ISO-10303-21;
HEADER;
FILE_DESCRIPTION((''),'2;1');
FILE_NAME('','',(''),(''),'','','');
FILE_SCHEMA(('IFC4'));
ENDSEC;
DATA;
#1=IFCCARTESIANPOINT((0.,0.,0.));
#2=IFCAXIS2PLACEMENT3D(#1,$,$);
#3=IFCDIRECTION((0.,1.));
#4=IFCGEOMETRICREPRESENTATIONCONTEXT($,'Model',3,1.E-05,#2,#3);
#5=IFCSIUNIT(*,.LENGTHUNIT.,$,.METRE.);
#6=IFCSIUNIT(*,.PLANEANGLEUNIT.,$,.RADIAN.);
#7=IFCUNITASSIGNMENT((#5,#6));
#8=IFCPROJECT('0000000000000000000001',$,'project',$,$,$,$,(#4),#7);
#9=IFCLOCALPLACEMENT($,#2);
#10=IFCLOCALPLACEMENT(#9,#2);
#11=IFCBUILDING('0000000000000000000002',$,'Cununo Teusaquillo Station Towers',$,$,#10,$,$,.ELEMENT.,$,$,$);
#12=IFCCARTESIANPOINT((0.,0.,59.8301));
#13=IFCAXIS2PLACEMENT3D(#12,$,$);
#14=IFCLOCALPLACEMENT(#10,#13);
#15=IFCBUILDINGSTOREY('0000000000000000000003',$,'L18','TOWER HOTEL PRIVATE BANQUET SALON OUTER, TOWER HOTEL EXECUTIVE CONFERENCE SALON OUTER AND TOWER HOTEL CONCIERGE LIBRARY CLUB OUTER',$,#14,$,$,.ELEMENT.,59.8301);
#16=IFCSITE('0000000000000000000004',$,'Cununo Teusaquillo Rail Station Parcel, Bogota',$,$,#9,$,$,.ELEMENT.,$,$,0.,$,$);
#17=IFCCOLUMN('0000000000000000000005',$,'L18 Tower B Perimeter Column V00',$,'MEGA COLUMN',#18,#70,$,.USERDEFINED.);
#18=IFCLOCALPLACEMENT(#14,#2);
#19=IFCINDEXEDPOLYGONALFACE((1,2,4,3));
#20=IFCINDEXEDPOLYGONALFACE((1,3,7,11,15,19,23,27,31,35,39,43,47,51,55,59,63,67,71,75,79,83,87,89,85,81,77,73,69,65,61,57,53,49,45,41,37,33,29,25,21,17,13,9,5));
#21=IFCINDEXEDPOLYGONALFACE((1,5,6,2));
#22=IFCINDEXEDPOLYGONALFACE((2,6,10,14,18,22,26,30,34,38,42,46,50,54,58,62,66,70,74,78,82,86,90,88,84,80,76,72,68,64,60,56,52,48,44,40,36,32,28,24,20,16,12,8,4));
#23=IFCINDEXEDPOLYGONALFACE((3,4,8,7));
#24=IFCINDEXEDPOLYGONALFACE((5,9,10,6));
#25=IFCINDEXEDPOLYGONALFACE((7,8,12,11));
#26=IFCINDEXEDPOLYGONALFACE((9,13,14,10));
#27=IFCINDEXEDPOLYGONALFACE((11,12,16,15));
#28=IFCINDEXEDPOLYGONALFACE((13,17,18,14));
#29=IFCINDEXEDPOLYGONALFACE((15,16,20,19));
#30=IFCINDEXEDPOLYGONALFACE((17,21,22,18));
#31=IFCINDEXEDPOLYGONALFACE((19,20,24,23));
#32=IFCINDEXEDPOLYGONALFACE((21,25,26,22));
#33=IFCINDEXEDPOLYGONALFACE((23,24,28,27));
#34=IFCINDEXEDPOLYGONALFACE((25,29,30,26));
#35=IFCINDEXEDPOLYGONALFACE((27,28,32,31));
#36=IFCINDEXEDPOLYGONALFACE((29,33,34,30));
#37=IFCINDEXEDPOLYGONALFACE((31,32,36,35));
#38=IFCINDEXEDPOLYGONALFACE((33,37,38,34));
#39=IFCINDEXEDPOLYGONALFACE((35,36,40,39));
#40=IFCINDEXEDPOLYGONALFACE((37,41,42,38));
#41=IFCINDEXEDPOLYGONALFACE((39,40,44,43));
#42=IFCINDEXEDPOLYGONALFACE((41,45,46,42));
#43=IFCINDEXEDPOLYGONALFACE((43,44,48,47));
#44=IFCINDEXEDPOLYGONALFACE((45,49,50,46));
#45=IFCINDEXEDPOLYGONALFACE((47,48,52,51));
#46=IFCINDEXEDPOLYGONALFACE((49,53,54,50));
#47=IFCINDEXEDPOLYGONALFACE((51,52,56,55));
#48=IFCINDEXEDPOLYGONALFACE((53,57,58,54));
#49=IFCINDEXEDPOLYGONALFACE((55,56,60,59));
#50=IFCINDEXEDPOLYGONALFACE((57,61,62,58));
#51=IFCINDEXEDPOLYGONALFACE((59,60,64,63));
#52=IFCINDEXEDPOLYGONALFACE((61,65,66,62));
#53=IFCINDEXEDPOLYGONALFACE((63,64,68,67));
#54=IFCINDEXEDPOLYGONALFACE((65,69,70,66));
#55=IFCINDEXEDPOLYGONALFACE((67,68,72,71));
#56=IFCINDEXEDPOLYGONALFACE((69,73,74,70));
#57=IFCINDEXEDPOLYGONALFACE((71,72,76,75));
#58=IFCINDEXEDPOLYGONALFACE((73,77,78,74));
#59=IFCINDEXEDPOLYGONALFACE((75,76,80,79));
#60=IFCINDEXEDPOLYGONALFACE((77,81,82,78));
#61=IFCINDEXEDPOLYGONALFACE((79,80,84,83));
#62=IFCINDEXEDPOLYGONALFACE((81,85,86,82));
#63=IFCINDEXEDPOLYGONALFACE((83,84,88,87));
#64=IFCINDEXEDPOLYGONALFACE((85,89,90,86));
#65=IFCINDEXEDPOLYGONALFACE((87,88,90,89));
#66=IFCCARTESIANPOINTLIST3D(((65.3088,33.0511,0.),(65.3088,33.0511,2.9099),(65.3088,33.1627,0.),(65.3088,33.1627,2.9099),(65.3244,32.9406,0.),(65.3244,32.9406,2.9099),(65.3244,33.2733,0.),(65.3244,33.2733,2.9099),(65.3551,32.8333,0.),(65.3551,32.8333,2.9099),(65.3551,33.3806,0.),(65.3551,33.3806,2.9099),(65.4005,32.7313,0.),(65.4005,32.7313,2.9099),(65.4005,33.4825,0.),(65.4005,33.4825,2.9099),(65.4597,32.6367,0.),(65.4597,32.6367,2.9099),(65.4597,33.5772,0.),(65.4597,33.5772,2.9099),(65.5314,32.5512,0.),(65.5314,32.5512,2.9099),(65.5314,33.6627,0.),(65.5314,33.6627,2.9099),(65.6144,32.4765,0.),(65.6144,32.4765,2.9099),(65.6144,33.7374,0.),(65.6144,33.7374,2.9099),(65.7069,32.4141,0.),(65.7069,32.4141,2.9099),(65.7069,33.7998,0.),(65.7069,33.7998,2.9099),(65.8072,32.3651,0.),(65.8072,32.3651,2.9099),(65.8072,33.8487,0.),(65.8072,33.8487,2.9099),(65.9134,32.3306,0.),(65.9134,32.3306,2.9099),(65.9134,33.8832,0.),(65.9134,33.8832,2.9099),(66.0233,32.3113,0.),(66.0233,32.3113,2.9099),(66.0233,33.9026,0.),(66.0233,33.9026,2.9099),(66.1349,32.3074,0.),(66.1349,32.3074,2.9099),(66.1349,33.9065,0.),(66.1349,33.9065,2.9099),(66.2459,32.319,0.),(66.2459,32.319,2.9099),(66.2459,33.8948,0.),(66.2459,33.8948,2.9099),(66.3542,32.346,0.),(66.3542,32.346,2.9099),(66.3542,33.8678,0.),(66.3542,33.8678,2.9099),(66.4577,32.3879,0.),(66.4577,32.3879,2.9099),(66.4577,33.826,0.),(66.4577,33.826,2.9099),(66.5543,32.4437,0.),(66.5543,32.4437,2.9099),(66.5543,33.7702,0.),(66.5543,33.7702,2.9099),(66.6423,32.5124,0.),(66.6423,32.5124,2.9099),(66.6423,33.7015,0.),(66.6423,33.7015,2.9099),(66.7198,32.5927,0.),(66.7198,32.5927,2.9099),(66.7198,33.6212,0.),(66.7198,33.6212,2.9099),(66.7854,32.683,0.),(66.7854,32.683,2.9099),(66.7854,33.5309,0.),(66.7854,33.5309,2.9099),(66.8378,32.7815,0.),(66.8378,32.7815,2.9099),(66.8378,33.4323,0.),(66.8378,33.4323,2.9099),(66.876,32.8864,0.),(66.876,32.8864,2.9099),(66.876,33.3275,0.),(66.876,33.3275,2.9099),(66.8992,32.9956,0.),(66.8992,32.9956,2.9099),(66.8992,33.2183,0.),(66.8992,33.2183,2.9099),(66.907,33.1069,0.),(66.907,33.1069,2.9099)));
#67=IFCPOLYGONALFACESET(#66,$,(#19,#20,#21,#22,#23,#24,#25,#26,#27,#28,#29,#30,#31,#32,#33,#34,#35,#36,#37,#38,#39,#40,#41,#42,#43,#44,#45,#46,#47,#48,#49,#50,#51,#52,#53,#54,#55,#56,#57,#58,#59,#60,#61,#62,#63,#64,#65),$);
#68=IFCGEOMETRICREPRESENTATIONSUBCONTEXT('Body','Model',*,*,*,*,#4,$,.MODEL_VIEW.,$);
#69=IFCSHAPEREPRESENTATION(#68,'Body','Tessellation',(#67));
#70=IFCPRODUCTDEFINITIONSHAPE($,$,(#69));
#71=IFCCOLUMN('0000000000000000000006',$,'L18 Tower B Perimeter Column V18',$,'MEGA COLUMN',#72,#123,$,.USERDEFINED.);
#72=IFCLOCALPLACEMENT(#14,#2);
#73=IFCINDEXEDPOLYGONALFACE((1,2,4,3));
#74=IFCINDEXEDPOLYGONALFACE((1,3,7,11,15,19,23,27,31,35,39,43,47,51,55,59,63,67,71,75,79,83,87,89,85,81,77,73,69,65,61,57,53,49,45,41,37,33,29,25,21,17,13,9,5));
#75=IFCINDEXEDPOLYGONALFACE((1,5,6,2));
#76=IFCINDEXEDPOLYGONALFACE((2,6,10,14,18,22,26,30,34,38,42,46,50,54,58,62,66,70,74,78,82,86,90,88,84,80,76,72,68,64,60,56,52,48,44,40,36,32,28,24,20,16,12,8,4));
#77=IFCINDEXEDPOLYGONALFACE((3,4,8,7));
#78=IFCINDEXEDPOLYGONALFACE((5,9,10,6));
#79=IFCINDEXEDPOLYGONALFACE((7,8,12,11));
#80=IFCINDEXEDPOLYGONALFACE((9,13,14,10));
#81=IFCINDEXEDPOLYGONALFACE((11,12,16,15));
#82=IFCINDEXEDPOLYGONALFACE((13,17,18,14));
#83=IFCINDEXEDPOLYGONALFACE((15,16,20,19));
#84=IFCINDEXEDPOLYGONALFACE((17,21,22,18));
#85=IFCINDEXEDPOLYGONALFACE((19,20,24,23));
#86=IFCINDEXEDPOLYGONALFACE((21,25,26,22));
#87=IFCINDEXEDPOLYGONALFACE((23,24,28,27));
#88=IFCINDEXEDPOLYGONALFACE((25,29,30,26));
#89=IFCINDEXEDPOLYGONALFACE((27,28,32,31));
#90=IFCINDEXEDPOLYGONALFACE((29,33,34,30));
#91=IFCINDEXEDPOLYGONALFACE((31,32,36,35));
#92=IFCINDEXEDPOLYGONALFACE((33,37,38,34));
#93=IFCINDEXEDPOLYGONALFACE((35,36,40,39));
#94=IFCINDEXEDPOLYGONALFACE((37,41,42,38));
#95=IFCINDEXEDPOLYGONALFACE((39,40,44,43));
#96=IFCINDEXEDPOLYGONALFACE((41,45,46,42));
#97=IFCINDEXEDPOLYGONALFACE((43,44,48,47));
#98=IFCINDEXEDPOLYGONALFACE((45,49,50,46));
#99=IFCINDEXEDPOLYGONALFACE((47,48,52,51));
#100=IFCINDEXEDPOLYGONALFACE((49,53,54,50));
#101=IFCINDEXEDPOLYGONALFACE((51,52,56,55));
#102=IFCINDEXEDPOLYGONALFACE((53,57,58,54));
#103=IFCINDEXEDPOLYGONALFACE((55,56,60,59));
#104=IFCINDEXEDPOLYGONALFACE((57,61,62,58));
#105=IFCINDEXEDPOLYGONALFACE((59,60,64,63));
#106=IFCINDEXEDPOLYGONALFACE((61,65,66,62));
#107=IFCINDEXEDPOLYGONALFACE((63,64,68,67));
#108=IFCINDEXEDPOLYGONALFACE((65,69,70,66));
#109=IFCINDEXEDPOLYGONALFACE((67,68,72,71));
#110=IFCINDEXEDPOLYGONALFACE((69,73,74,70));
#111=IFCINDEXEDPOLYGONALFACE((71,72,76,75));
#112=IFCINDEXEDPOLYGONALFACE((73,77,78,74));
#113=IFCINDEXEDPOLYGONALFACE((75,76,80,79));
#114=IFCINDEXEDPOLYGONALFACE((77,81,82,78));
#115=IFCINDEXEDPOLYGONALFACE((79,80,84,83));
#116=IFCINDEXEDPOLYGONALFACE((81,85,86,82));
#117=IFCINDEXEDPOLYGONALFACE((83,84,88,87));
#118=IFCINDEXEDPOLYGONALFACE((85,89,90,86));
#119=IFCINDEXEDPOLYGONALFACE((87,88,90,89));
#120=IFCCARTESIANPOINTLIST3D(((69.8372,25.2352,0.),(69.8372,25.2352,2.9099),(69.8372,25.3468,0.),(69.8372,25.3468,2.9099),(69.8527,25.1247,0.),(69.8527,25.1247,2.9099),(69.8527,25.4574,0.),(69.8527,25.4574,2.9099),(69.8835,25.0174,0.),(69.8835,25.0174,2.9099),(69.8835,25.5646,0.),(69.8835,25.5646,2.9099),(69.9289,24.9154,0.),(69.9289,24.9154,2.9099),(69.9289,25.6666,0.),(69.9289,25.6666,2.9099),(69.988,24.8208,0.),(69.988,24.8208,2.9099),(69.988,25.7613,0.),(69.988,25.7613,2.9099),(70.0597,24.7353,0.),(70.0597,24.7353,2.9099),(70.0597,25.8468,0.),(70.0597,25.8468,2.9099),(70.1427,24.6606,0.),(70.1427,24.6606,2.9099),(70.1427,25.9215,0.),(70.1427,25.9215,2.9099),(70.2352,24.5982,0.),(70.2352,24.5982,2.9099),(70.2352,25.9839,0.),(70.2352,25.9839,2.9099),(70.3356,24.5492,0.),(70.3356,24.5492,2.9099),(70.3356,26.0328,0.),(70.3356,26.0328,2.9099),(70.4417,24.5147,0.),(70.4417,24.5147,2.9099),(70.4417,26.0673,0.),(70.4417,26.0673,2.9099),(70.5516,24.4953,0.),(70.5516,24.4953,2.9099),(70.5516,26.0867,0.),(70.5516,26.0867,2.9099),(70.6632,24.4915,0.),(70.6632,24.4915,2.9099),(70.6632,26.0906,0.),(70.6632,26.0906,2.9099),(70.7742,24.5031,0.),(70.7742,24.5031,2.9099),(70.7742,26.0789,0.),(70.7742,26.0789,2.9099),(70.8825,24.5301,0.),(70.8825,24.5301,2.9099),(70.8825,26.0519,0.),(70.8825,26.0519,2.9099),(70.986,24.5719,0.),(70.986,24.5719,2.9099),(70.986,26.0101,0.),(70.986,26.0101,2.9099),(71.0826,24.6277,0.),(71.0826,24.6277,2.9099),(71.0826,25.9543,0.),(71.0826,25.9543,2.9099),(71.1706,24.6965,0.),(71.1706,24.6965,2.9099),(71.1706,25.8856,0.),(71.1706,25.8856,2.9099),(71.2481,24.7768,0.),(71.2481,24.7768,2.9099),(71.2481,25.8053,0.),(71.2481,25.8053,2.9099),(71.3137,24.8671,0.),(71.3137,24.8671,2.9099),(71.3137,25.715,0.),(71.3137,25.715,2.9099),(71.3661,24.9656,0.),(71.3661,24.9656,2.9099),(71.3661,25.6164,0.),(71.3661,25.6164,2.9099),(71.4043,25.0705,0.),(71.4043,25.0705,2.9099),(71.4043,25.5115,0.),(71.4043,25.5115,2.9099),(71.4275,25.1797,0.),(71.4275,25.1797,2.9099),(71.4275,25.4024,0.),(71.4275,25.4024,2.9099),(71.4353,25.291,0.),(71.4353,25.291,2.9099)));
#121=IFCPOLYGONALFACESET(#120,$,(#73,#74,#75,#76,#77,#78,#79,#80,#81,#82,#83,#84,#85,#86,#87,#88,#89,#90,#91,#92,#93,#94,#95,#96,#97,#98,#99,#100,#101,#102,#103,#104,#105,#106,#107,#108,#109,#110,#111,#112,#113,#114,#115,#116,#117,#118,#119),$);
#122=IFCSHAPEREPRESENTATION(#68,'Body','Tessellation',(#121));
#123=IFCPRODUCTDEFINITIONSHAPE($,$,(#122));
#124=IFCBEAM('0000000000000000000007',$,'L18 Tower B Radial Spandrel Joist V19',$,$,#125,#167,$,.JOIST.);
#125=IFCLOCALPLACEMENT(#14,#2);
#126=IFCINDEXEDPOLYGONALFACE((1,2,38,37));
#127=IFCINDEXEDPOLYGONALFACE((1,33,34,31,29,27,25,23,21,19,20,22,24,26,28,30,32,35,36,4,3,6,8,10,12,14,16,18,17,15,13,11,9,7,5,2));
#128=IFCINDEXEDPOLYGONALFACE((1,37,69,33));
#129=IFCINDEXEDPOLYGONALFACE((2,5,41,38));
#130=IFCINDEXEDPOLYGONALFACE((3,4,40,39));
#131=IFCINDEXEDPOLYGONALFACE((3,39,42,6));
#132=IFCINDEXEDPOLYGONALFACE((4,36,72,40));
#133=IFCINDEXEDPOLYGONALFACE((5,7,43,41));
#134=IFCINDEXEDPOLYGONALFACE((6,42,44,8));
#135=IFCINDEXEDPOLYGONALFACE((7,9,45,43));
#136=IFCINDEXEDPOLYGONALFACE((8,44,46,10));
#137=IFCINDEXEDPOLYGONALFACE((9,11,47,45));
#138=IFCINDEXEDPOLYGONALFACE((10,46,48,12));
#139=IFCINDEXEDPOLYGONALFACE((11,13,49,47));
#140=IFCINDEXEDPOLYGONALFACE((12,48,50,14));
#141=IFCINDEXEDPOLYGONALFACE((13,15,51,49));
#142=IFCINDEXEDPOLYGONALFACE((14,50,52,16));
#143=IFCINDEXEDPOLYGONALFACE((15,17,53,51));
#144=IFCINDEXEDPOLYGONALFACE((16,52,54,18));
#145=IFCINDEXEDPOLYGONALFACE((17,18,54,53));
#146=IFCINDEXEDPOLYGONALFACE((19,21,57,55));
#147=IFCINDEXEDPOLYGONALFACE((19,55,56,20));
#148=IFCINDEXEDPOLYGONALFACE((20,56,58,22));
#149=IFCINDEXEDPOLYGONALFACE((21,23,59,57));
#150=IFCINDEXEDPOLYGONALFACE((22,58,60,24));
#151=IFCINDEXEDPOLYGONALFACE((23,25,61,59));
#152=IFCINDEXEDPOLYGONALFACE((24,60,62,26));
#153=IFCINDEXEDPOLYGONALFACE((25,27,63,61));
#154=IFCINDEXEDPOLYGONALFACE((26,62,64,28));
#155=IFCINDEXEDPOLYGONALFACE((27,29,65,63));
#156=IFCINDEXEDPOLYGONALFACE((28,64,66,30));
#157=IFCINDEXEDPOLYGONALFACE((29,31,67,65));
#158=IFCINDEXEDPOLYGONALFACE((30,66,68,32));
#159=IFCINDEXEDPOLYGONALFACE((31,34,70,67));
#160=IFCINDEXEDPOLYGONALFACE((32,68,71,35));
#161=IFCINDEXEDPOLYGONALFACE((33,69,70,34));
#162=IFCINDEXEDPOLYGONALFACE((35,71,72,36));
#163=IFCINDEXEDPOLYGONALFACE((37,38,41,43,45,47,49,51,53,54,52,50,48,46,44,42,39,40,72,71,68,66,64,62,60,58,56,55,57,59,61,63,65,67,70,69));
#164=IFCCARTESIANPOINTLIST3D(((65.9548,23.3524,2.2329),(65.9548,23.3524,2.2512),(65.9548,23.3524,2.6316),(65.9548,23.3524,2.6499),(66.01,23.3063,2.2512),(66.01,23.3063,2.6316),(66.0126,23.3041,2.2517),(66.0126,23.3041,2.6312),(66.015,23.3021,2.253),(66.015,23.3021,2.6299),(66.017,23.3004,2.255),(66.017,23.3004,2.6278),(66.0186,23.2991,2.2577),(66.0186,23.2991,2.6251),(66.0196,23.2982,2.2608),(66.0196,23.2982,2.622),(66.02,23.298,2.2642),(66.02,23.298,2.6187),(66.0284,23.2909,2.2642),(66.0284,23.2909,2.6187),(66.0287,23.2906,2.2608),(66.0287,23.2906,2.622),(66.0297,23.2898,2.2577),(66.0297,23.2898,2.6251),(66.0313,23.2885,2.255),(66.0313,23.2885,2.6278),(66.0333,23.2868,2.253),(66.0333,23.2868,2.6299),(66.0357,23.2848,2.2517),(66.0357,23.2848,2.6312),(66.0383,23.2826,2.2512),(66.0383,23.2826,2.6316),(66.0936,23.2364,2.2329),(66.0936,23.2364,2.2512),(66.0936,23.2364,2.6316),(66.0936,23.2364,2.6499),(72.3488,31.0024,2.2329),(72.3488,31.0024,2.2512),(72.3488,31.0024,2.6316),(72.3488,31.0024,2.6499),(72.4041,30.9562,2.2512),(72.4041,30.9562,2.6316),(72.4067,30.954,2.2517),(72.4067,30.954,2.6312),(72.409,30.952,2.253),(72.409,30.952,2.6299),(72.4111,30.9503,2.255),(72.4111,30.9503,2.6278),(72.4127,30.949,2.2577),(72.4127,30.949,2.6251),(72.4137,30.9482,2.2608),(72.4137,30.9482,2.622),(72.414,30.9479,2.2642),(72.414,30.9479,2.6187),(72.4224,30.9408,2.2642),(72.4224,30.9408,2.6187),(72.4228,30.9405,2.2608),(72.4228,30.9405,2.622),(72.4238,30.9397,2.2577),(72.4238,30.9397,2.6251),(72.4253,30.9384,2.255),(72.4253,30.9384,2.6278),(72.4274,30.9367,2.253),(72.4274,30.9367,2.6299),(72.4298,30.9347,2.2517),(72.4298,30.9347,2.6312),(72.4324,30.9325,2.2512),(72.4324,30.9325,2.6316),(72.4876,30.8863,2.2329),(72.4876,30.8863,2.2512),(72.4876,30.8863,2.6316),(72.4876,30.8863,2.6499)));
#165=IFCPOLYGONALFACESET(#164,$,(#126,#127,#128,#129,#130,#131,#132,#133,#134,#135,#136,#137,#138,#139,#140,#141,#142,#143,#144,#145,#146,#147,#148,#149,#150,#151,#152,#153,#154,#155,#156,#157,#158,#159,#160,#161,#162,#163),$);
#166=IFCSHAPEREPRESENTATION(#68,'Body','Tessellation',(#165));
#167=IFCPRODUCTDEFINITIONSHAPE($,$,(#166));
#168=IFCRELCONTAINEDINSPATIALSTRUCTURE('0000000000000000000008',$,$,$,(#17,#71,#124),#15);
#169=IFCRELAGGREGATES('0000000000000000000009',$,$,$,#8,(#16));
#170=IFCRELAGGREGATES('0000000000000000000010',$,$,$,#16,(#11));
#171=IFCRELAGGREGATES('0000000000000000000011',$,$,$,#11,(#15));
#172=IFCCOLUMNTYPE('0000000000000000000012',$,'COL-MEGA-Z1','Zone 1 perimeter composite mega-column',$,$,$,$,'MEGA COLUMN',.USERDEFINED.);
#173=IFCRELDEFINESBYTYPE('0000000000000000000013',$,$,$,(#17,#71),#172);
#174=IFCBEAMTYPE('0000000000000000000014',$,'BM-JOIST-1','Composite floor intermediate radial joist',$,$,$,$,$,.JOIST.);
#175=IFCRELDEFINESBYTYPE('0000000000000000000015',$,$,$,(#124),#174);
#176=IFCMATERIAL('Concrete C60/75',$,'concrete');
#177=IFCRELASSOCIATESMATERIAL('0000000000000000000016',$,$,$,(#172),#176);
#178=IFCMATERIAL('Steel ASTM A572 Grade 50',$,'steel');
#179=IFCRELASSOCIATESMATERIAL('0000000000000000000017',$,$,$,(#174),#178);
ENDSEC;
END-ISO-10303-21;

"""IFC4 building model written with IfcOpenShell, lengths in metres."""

from ifc_helpers import new_model, si_unit, direction, frame, origin, origin_2d, place, context, subcontext, project, spatial, circle, i_section, extrude, material, material_profile, profile_set, type_object, element, save


model = new_model("IFC4")

# Units and contexts
model_context = context("Model", 3, precision=1e-05, world=origin(), true_north=direction((0.0, 1.0)))
body_context = subcontext(model_context, "Body", "Model", "MODEL_VIEW")
ifc_project = project(units=[si_unit("LENGTHUNIT", "METRE"), si_unit("PLANEANGLEUNIT", "RADIAN")], contexts=[model_context])

# Site, building, storey
site_placement = place(None, origin())
site = spatial("IfcSite", under=ifc_project, at=site_placement, Name="Cununo Teusaquillo Rail Station Parcel, Bogota", CompositionType="ELEMENT", RefElevation=0.0)
building_placement = place(site_placement, origin())
building = spatial("IfcBuilding", under=site, at=building_placement, Name="Cununo Teusaquillo Station Towers", CompositionType="ELEMENT")
storey_placement = place(building_placement, frame((0.0, 0.0, 59.8301)))
storey = spatial("IfcBuildingStorey", under=building, at=storey_placement, Name="L18", Description="TOWER HOTEL PRIVATE BANQUET SALON OUTER, TOWER HOTEL EXECUTIVE CONFERENCE SALON OUTER AND TOWER HOTEL CONCIERGE LIBRARY CLUB OUTER", CompositionType="ELEMENT", Elevation=59.8301)

# Columns
ifc_material_1 = material(Name="Concrete C60/75", Category="concrete")
ifc_material_profile_1 = material_profile(ifc_material_1, circle(Radius=0.8, at=origin_2d()), Name="RC-CIRC-1600")
ifc_profile_set_1 = profile_set([ifc_material_profile_1], Name="Concrete C60/75")
column_type = type_object("IfcColumnType", Name="COL-MEGA-Z1", Description="Zone 1 perimeter composite mega-column", ElementType="MEGA COLUMN", PredefinedType="USERDEFINED", material=ifc_profile_set_1)
for number, where, z_axis, x_axis, name in (
    (1, (66.1069, 33.1069, 0.0), (0.0, 0.0, 1.0), (1.0, 0.0, 0.0), "L18 Tower B Perimeter Column V00"),
    (2, (70.6353, 25.291, 0.0), (0.0, 0.0, 1.0), (1.0, 0.0, 0.0), "L18 Tower B Perimeter Column V18"),
):
    element("IfcColumn", number, at=place(storey_placement, frame(where, z_axis=z_axis, x_axis=x_axis)), inside=storey, type_object=column_type, Name=name, ObjectType="MEGA COLUMN", PredefinedType="USERDEFINED", context=body_context, shape_type="SweptSolid", body=[
        extrude(circle(Radius=0.8, at=origin_2d()), origin(), (0.0, 0.0, 1.0), 2.9099),
    ])

# Beam
ifc_material_2 = material(Name="Steel ASTM A572 Grade 50", Category="steel")
ifc_material_profile_2 = material_profile(ifc_material_2, i_section(OverallWidth=0.1809, OverallDepth=0.417, WebThickness=0.011, FlangeThickness=0.0183, FilletRadius=0.0129, at=origin_2d()), Name="W16X57")
ifc_profile_set_2 = profile_set([ifc_material_profile_2], Name="Steel ASTM A572 Grade 50")
beam_type_1 = type_object("IfcBeamType", Name="BM-JOIST-1", Description="Composite floor intermediate radial joist", PredefinedType="JOIST", material=ifc_profile_set_2)
beam_1_placement = place(storey_placement, frame((66.0242, 23.2944, 2.4414), z_axis=(0.641316, 0.767277, 0.0), x_axis=(-0.767277, 0.641316, 0.0)))
element("IfcBeam", 3, at=beam_1_placement, inside=storey, type_object=beam_type_1, Name="L18 Tower B Radial Spandrel Joist V19", PredefinedType="JOIST", context=body_context, shape_type="SweptSolid", body=[
    extrude(i_section(OverallWidth=0.1809, OverallDepth=0.417, WebThickness=0.011, FlangeThickness=0.0183, FilletRadius=0.0129, at=origin_2d()), origin(), (0.0, 0.0, 1.0), 9.9702),
])

save(model, "model.ifc")
